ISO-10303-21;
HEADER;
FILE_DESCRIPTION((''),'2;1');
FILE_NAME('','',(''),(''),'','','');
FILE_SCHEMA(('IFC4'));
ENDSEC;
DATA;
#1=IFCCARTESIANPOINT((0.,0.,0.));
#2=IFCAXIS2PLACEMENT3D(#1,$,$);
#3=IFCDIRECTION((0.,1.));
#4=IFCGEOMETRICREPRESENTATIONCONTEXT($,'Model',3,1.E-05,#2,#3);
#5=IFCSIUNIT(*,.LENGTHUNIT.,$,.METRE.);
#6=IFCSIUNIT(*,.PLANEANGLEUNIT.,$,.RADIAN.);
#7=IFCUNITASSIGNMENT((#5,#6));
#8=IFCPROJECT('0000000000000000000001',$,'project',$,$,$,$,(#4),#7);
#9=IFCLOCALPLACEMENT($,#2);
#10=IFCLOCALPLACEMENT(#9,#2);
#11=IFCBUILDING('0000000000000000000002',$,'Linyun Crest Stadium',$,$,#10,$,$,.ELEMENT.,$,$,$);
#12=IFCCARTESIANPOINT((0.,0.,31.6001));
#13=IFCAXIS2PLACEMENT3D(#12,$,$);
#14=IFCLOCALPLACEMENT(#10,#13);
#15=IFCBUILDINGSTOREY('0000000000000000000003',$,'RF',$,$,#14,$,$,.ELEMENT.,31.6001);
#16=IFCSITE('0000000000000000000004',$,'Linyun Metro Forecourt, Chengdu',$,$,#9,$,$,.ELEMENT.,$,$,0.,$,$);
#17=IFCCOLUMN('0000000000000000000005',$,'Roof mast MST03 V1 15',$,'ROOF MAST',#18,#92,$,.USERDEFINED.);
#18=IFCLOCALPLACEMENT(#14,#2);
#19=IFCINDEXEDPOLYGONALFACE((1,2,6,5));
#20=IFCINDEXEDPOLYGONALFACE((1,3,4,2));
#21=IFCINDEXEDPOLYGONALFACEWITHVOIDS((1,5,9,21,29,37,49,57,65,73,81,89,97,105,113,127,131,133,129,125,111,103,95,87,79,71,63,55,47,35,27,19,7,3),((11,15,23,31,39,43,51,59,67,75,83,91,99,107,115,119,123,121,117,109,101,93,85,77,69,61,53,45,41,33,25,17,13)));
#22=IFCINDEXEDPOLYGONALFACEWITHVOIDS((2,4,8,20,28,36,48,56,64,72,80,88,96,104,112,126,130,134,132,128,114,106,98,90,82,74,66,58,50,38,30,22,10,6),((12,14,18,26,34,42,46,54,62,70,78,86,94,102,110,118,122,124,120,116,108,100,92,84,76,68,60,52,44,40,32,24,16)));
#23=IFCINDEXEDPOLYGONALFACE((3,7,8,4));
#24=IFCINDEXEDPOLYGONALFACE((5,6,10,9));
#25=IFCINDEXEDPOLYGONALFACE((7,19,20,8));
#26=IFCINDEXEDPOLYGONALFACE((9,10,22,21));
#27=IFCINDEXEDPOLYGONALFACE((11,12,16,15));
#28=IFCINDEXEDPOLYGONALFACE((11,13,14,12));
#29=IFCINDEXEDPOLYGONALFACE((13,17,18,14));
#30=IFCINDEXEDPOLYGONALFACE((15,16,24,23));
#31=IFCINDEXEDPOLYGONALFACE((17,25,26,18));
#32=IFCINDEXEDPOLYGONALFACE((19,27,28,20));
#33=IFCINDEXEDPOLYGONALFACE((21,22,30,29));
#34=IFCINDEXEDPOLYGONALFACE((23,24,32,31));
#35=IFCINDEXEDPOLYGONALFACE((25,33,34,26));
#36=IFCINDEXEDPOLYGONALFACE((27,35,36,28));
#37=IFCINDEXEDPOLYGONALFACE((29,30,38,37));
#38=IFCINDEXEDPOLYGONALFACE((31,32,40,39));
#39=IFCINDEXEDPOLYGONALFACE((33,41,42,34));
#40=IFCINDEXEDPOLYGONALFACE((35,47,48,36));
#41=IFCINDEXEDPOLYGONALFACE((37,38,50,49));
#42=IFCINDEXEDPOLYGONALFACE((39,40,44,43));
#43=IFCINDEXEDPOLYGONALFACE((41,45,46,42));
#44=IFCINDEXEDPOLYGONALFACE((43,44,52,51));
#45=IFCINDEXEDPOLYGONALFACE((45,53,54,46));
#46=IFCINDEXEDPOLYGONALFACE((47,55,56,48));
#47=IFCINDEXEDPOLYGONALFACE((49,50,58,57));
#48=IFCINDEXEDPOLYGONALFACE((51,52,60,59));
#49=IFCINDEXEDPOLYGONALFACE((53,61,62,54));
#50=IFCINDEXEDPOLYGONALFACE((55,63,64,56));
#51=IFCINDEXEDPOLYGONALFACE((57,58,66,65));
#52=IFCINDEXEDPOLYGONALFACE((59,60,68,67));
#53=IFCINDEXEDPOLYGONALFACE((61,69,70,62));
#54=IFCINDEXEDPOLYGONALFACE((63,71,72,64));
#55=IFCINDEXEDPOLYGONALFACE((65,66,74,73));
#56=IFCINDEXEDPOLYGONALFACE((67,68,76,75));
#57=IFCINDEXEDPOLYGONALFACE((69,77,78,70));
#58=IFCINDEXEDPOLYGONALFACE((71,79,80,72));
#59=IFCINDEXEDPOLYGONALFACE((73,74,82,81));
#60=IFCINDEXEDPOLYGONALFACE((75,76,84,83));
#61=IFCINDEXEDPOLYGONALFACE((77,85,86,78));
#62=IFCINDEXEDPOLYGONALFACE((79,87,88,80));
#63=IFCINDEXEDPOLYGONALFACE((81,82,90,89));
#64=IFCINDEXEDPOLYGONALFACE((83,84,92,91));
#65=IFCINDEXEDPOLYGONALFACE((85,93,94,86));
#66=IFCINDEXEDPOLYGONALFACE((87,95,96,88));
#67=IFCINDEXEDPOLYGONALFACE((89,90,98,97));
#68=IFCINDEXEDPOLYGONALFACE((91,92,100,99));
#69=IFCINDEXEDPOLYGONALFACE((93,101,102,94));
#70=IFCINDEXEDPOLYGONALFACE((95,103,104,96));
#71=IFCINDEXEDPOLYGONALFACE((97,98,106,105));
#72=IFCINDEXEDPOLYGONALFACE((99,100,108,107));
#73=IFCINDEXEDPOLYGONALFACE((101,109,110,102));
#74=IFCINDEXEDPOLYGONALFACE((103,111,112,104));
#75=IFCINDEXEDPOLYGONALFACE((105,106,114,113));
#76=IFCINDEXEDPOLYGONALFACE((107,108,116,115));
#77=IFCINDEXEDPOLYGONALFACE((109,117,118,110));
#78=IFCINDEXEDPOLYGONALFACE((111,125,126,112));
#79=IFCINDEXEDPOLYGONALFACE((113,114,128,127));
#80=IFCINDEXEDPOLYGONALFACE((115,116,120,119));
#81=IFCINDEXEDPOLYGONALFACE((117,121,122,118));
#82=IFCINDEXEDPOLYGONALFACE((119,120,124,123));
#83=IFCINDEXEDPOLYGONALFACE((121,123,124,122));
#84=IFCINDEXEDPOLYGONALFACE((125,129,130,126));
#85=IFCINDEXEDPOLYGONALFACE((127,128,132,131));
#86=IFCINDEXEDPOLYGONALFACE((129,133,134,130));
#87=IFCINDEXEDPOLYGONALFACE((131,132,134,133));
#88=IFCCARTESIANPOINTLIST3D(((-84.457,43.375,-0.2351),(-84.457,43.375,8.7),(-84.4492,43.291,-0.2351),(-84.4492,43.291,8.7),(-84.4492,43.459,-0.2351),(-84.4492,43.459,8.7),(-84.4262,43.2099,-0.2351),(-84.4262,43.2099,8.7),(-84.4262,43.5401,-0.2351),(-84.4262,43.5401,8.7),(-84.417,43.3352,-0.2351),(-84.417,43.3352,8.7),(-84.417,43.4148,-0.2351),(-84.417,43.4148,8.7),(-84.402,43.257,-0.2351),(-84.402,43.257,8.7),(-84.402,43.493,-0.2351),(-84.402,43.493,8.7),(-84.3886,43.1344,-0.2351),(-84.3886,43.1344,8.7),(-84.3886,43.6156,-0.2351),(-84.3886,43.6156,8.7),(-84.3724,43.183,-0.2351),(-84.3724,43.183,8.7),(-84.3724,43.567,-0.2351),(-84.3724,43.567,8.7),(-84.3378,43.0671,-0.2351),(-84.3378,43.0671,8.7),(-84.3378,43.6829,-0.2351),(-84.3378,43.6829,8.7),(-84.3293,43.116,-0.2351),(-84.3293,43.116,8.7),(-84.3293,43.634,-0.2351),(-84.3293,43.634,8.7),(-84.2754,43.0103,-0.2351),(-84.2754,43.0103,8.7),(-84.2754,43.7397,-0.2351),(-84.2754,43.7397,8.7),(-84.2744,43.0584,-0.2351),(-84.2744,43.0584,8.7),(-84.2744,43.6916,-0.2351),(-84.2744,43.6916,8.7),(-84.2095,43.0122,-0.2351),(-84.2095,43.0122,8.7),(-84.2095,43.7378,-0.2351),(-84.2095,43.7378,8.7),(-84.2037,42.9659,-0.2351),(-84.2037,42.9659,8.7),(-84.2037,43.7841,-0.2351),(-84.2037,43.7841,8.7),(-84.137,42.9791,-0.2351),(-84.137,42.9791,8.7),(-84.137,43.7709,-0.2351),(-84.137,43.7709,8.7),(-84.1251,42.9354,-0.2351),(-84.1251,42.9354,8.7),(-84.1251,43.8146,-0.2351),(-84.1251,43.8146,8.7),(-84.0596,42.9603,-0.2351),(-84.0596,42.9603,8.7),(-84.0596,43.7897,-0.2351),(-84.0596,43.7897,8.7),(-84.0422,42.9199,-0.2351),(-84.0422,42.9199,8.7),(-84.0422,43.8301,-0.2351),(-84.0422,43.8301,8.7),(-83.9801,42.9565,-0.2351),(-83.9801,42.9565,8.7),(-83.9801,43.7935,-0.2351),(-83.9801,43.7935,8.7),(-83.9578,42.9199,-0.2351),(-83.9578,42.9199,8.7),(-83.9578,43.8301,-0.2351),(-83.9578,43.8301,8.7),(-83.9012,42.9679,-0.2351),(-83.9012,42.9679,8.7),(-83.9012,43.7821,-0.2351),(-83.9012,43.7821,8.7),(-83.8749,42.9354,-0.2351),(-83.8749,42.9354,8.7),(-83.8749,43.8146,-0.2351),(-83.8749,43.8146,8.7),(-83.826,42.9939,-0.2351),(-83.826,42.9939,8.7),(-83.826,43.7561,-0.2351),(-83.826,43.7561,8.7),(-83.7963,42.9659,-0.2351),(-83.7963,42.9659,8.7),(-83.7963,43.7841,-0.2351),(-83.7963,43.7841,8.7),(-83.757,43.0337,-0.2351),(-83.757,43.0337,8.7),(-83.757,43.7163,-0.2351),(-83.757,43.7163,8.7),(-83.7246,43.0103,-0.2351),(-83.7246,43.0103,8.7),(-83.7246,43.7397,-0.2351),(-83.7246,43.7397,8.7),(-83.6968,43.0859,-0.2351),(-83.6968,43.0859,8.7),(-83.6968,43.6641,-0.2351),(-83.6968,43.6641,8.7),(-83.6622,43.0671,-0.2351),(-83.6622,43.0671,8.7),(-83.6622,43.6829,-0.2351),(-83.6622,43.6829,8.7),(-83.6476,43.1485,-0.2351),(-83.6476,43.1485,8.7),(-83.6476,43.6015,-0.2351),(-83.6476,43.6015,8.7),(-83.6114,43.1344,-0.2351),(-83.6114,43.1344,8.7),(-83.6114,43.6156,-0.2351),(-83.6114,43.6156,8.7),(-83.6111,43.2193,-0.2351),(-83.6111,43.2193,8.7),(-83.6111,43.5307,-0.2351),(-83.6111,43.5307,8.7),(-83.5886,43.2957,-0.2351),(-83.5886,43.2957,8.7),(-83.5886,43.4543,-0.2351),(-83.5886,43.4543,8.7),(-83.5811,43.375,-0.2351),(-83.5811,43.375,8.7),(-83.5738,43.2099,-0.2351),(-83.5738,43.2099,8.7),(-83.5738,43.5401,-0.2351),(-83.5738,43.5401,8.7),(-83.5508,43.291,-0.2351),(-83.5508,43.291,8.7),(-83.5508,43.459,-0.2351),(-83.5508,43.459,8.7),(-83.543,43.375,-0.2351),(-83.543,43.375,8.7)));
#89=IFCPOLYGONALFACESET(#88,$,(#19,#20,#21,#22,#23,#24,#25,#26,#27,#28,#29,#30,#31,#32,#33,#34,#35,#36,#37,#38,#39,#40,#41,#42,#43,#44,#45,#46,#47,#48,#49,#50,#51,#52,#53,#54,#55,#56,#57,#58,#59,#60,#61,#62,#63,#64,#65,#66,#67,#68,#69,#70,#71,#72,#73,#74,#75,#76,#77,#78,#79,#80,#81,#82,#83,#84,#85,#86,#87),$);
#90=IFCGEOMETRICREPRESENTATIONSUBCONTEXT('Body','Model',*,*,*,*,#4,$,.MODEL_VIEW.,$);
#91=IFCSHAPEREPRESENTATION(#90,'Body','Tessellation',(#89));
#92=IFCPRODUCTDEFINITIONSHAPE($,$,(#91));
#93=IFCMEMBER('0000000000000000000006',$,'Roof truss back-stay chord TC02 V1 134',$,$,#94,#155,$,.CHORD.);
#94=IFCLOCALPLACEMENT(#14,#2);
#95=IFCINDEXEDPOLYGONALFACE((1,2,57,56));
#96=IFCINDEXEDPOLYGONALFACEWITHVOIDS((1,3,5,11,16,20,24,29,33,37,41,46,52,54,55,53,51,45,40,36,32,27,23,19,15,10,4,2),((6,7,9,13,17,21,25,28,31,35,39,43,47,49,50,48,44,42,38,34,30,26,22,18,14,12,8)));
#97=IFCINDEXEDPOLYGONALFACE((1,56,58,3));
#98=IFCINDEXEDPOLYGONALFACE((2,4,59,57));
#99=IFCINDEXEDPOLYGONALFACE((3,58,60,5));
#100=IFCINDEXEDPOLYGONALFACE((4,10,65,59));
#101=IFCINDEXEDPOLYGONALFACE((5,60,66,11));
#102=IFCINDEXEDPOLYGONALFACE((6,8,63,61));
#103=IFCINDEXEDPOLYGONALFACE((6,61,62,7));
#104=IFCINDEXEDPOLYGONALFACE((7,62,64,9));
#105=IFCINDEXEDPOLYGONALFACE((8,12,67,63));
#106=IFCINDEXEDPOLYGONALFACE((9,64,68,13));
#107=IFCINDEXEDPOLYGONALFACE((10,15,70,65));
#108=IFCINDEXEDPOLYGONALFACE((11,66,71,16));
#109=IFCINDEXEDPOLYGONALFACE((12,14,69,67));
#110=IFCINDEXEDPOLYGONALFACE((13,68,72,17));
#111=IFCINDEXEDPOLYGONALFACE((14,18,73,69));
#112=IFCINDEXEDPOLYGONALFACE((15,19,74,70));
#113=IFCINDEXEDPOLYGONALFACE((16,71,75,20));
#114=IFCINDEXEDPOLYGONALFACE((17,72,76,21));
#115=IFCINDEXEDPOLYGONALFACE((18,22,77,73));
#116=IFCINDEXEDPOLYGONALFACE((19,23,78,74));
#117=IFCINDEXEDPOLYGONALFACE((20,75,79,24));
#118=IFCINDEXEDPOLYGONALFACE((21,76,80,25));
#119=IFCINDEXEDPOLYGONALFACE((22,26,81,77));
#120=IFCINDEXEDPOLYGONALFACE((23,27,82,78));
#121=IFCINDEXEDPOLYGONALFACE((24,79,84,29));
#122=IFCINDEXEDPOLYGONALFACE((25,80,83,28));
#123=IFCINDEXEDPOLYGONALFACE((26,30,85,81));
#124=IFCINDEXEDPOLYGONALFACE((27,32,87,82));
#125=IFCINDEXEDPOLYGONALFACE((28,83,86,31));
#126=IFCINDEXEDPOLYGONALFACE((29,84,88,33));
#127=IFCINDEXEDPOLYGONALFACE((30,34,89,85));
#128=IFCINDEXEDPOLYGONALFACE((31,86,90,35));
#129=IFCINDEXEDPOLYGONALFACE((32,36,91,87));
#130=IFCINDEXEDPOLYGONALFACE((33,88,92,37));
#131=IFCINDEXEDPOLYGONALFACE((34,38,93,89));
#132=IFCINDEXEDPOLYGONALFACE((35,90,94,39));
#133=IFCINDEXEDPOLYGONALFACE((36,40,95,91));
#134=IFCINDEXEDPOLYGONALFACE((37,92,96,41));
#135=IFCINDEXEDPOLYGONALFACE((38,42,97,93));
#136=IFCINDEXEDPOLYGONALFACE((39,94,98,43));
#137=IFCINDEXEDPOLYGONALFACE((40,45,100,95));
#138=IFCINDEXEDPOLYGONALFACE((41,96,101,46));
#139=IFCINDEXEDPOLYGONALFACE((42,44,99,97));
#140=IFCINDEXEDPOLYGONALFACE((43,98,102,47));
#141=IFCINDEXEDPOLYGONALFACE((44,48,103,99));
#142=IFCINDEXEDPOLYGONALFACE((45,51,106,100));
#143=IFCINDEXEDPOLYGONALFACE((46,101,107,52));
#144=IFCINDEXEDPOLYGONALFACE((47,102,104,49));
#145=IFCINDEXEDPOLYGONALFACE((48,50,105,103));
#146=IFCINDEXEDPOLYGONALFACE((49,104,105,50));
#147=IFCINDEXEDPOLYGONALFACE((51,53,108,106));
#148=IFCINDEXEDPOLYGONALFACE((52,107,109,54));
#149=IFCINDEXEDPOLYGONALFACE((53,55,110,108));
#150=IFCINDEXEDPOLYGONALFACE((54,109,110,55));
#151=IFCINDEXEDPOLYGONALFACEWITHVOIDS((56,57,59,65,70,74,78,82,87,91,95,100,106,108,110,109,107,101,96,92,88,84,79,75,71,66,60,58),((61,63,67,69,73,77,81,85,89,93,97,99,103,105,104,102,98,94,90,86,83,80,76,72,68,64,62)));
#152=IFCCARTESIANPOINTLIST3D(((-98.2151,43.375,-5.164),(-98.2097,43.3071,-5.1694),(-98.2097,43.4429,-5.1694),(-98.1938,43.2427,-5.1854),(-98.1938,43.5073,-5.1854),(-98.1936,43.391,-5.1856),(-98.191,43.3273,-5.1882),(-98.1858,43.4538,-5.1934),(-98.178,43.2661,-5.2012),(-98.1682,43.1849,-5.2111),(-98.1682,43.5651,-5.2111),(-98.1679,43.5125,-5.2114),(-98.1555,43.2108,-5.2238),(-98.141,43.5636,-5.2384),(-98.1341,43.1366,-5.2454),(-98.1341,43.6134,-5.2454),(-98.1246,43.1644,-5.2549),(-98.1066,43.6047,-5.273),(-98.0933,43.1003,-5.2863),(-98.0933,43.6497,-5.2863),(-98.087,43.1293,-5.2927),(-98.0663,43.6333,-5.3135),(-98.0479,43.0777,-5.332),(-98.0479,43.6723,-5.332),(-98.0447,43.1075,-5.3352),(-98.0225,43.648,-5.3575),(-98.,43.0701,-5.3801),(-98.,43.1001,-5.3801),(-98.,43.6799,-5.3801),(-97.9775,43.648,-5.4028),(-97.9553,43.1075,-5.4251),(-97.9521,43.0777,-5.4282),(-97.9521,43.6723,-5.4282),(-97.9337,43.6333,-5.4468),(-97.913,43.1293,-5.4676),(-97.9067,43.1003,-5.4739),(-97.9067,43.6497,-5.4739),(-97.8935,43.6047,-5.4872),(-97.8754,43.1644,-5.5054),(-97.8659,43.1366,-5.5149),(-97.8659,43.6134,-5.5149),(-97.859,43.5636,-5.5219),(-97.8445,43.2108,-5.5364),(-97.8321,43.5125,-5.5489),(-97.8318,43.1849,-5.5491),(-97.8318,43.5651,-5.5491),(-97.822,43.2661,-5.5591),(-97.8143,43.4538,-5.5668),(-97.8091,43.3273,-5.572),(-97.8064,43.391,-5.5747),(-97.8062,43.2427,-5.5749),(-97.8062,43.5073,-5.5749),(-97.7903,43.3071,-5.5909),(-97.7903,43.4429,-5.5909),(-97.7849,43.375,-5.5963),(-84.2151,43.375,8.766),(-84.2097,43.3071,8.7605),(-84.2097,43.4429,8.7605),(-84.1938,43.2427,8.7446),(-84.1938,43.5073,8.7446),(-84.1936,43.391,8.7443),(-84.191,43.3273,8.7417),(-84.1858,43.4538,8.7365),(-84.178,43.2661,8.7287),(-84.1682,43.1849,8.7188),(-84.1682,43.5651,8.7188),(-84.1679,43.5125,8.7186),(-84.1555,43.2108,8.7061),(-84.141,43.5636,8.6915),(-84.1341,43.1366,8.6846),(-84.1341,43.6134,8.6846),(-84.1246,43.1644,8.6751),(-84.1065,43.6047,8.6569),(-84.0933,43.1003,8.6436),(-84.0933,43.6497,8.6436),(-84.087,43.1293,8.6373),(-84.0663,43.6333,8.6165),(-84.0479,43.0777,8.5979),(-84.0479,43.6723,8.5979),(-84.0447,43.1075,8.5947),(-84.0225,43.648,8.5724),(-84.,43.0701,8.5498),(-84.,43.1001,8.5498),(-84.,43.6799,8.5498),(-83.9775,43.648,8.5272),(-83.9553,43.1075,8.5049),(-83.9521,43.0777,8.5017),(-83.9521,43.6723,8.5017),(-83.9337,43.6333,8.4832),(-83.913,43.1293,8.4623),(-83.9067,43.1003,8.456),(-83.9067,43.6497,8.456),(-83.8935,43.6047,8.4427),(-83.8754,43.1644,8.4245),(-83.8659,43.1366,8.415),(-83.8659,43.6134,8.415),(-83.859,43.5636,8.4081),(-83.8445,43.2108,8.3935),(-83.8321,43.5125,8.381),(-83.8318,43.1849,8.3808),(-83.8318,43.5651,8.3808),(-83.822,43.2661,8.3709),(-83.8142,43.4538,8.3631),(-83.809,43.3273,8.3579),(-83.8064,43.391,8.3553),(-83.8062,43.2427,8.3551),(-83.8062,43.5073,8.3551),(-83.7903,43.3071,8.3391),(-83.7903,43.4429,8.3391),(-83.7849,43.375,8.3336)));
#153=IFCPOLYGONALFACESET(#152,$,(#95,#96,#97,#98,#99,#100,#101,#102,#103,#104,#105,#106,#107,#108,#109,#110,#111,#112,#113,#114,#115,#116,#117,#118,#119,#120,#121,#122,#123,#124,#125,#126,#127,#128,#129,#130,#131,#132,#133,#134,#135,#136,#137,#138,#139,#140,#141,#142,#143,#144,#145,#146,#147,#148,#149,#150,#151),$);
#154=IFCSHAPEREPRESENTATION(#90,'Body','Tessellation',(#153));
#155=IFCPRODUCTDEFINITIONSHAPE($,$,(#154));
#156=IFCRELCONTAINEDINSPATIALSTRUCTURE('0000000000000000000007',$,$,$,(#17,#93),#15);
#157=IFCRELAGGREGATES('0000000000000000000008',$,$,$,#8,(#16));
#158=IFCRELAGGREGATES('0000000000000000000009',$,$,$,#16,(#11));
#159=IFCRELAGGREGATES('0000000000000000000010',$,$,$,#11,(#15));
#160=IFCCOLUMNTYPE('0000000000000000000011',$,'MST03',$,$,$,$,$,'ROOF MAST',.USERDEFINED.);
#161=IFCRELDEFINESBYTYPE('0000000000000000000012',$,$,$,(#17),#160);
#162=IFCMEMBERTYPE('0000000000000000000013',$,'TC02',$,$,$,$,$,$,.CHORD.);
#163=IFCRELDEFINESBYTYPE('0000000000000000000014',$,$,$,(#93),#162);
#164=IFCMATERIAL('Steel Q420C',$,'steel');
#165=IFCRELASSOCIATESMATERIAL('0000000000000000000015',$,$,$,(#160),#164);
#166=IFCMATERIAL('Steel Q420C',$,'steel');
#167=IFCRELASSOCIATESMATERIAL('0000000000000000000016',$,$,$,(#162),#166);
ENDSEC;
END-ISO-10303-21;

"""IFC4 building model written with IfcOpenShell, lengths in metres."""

from ifc_helpers import new_model, si_unit, direction, frame, origin, origin_2d, place, context, subcontext, project, spatial, hollow_circle, extrude, material, material_profile, profile_set, type_object, element, save


model = new_model("IFC4")

# Units and contexts
model_context = context("Model", 3, precision=1e-05, world=origin(), true_north=direction((0.0, 1.0)))
body_context = subcontext(model_context, "Body", "Model", "MODEL_VIEW")
ifc_project = project(units=[si_unit("LENGTHUNIT", "METRE"), si_unit("PLANEANGLEUNIT", "RADIAN")], contexts=[model_context])

# Site, building, storey
site_placement = place(None, origin())
site = spatial("IfcSite", under=ifc_project, at=site_placement, Name="Linyun Metro Forecourt, Chengdu", CompositionType="ELEMENT", RefElevation=0.0)
building_placement = place(site_placement, origin())
building = spatial("IfcBuilding", under=site, at=building_placement, Name="Linyun Crest Stadium", CompositionType="ELEMENT")
storey_placement = place(building_placement, frame((0.0, 0.0, 31.6001)))
storey = spatial("IfcBuildingStorey", under=building, at=storey_placement, Name="RF", CompositionType="ELEMENT", Elevation=31.6001)

# Column
ifc_material_1 = material(Name="Steel Q420C", Category="steel")
ifc_material_profile_1 = material_profile(ifc_material_1, hollow_circle(Radius=0.457, WallThickness=0.0381, at=origin_2d()), Name="CHS 914x38")
ifc_profile_set_1 = profile_set([ifc_material_profile_1], Name="Steel Q420C")
column_type = type_object("IfcColumnType", Name="MST03", ElementType="ROOF MAST", PredefinedType="USERDEFINED", material=ifc_profile_set_1)
column_placement = place(storey_placement, frame((-84.0, 43.375, -0.2351), z_axis=(0.0, 0.0, 1.0), x_axis=(1.0, 0.0, 0.0)))
element("IfcColumn", 1, at=column_placement, inside=storey, type_object=column_type, Name="Roof mast MST03 V1 15", ObjectType="ROOF MAST", PredefinedType="USERDEFINED", context=body_context, shape_type="SweptSolid", body=[
    extrude(hollow_circle(Radius=0.457, WallThickness=0.0381, at=origin_2d()), origin(), (0.0, 0.0, 1.0), 8.9351),
])

# Member
ifc_material_2 = material(Name="Steel Q420C", Category="steel")
ifc_material_profile_2 = material_profile(ifc_material_2, hollow_circle(Radius=0.3049, WallThickness=0.03, at=origin_2d()), Name="CHS 610x30")
ifc_profile_set_2 = profile_set([ifc_material_profile_2], Name="Steel Q420C")
member_type_1 = type_object("IfcMemberType", Name="TC02", PredefinedType="CHORD", material=ifc_profile_set_2)
member_1_placement = place(storey_placement, frame((-84.0, 43.375, 8.5498), z_axis=(-0.708878, 0.0, -0.705331), x_axis=(0.0, -1.0, 0.0)))
element("IfcMember", 2, at=member_1_placement, inside=storey, type_object=member_type_1, Name="Roof truss back-stay chord TC02 V1 134", PredefinedType="CHORD", context=body_context, shape_type="SweptSolid", body=[
    extrude(hollow_circle(Radius=0.3049, WallThickness=0.03, at=origin_2d()), origin(), (0.0, 0.0, 1.0), 19.7495),
])

save(model, "model.ifc")
